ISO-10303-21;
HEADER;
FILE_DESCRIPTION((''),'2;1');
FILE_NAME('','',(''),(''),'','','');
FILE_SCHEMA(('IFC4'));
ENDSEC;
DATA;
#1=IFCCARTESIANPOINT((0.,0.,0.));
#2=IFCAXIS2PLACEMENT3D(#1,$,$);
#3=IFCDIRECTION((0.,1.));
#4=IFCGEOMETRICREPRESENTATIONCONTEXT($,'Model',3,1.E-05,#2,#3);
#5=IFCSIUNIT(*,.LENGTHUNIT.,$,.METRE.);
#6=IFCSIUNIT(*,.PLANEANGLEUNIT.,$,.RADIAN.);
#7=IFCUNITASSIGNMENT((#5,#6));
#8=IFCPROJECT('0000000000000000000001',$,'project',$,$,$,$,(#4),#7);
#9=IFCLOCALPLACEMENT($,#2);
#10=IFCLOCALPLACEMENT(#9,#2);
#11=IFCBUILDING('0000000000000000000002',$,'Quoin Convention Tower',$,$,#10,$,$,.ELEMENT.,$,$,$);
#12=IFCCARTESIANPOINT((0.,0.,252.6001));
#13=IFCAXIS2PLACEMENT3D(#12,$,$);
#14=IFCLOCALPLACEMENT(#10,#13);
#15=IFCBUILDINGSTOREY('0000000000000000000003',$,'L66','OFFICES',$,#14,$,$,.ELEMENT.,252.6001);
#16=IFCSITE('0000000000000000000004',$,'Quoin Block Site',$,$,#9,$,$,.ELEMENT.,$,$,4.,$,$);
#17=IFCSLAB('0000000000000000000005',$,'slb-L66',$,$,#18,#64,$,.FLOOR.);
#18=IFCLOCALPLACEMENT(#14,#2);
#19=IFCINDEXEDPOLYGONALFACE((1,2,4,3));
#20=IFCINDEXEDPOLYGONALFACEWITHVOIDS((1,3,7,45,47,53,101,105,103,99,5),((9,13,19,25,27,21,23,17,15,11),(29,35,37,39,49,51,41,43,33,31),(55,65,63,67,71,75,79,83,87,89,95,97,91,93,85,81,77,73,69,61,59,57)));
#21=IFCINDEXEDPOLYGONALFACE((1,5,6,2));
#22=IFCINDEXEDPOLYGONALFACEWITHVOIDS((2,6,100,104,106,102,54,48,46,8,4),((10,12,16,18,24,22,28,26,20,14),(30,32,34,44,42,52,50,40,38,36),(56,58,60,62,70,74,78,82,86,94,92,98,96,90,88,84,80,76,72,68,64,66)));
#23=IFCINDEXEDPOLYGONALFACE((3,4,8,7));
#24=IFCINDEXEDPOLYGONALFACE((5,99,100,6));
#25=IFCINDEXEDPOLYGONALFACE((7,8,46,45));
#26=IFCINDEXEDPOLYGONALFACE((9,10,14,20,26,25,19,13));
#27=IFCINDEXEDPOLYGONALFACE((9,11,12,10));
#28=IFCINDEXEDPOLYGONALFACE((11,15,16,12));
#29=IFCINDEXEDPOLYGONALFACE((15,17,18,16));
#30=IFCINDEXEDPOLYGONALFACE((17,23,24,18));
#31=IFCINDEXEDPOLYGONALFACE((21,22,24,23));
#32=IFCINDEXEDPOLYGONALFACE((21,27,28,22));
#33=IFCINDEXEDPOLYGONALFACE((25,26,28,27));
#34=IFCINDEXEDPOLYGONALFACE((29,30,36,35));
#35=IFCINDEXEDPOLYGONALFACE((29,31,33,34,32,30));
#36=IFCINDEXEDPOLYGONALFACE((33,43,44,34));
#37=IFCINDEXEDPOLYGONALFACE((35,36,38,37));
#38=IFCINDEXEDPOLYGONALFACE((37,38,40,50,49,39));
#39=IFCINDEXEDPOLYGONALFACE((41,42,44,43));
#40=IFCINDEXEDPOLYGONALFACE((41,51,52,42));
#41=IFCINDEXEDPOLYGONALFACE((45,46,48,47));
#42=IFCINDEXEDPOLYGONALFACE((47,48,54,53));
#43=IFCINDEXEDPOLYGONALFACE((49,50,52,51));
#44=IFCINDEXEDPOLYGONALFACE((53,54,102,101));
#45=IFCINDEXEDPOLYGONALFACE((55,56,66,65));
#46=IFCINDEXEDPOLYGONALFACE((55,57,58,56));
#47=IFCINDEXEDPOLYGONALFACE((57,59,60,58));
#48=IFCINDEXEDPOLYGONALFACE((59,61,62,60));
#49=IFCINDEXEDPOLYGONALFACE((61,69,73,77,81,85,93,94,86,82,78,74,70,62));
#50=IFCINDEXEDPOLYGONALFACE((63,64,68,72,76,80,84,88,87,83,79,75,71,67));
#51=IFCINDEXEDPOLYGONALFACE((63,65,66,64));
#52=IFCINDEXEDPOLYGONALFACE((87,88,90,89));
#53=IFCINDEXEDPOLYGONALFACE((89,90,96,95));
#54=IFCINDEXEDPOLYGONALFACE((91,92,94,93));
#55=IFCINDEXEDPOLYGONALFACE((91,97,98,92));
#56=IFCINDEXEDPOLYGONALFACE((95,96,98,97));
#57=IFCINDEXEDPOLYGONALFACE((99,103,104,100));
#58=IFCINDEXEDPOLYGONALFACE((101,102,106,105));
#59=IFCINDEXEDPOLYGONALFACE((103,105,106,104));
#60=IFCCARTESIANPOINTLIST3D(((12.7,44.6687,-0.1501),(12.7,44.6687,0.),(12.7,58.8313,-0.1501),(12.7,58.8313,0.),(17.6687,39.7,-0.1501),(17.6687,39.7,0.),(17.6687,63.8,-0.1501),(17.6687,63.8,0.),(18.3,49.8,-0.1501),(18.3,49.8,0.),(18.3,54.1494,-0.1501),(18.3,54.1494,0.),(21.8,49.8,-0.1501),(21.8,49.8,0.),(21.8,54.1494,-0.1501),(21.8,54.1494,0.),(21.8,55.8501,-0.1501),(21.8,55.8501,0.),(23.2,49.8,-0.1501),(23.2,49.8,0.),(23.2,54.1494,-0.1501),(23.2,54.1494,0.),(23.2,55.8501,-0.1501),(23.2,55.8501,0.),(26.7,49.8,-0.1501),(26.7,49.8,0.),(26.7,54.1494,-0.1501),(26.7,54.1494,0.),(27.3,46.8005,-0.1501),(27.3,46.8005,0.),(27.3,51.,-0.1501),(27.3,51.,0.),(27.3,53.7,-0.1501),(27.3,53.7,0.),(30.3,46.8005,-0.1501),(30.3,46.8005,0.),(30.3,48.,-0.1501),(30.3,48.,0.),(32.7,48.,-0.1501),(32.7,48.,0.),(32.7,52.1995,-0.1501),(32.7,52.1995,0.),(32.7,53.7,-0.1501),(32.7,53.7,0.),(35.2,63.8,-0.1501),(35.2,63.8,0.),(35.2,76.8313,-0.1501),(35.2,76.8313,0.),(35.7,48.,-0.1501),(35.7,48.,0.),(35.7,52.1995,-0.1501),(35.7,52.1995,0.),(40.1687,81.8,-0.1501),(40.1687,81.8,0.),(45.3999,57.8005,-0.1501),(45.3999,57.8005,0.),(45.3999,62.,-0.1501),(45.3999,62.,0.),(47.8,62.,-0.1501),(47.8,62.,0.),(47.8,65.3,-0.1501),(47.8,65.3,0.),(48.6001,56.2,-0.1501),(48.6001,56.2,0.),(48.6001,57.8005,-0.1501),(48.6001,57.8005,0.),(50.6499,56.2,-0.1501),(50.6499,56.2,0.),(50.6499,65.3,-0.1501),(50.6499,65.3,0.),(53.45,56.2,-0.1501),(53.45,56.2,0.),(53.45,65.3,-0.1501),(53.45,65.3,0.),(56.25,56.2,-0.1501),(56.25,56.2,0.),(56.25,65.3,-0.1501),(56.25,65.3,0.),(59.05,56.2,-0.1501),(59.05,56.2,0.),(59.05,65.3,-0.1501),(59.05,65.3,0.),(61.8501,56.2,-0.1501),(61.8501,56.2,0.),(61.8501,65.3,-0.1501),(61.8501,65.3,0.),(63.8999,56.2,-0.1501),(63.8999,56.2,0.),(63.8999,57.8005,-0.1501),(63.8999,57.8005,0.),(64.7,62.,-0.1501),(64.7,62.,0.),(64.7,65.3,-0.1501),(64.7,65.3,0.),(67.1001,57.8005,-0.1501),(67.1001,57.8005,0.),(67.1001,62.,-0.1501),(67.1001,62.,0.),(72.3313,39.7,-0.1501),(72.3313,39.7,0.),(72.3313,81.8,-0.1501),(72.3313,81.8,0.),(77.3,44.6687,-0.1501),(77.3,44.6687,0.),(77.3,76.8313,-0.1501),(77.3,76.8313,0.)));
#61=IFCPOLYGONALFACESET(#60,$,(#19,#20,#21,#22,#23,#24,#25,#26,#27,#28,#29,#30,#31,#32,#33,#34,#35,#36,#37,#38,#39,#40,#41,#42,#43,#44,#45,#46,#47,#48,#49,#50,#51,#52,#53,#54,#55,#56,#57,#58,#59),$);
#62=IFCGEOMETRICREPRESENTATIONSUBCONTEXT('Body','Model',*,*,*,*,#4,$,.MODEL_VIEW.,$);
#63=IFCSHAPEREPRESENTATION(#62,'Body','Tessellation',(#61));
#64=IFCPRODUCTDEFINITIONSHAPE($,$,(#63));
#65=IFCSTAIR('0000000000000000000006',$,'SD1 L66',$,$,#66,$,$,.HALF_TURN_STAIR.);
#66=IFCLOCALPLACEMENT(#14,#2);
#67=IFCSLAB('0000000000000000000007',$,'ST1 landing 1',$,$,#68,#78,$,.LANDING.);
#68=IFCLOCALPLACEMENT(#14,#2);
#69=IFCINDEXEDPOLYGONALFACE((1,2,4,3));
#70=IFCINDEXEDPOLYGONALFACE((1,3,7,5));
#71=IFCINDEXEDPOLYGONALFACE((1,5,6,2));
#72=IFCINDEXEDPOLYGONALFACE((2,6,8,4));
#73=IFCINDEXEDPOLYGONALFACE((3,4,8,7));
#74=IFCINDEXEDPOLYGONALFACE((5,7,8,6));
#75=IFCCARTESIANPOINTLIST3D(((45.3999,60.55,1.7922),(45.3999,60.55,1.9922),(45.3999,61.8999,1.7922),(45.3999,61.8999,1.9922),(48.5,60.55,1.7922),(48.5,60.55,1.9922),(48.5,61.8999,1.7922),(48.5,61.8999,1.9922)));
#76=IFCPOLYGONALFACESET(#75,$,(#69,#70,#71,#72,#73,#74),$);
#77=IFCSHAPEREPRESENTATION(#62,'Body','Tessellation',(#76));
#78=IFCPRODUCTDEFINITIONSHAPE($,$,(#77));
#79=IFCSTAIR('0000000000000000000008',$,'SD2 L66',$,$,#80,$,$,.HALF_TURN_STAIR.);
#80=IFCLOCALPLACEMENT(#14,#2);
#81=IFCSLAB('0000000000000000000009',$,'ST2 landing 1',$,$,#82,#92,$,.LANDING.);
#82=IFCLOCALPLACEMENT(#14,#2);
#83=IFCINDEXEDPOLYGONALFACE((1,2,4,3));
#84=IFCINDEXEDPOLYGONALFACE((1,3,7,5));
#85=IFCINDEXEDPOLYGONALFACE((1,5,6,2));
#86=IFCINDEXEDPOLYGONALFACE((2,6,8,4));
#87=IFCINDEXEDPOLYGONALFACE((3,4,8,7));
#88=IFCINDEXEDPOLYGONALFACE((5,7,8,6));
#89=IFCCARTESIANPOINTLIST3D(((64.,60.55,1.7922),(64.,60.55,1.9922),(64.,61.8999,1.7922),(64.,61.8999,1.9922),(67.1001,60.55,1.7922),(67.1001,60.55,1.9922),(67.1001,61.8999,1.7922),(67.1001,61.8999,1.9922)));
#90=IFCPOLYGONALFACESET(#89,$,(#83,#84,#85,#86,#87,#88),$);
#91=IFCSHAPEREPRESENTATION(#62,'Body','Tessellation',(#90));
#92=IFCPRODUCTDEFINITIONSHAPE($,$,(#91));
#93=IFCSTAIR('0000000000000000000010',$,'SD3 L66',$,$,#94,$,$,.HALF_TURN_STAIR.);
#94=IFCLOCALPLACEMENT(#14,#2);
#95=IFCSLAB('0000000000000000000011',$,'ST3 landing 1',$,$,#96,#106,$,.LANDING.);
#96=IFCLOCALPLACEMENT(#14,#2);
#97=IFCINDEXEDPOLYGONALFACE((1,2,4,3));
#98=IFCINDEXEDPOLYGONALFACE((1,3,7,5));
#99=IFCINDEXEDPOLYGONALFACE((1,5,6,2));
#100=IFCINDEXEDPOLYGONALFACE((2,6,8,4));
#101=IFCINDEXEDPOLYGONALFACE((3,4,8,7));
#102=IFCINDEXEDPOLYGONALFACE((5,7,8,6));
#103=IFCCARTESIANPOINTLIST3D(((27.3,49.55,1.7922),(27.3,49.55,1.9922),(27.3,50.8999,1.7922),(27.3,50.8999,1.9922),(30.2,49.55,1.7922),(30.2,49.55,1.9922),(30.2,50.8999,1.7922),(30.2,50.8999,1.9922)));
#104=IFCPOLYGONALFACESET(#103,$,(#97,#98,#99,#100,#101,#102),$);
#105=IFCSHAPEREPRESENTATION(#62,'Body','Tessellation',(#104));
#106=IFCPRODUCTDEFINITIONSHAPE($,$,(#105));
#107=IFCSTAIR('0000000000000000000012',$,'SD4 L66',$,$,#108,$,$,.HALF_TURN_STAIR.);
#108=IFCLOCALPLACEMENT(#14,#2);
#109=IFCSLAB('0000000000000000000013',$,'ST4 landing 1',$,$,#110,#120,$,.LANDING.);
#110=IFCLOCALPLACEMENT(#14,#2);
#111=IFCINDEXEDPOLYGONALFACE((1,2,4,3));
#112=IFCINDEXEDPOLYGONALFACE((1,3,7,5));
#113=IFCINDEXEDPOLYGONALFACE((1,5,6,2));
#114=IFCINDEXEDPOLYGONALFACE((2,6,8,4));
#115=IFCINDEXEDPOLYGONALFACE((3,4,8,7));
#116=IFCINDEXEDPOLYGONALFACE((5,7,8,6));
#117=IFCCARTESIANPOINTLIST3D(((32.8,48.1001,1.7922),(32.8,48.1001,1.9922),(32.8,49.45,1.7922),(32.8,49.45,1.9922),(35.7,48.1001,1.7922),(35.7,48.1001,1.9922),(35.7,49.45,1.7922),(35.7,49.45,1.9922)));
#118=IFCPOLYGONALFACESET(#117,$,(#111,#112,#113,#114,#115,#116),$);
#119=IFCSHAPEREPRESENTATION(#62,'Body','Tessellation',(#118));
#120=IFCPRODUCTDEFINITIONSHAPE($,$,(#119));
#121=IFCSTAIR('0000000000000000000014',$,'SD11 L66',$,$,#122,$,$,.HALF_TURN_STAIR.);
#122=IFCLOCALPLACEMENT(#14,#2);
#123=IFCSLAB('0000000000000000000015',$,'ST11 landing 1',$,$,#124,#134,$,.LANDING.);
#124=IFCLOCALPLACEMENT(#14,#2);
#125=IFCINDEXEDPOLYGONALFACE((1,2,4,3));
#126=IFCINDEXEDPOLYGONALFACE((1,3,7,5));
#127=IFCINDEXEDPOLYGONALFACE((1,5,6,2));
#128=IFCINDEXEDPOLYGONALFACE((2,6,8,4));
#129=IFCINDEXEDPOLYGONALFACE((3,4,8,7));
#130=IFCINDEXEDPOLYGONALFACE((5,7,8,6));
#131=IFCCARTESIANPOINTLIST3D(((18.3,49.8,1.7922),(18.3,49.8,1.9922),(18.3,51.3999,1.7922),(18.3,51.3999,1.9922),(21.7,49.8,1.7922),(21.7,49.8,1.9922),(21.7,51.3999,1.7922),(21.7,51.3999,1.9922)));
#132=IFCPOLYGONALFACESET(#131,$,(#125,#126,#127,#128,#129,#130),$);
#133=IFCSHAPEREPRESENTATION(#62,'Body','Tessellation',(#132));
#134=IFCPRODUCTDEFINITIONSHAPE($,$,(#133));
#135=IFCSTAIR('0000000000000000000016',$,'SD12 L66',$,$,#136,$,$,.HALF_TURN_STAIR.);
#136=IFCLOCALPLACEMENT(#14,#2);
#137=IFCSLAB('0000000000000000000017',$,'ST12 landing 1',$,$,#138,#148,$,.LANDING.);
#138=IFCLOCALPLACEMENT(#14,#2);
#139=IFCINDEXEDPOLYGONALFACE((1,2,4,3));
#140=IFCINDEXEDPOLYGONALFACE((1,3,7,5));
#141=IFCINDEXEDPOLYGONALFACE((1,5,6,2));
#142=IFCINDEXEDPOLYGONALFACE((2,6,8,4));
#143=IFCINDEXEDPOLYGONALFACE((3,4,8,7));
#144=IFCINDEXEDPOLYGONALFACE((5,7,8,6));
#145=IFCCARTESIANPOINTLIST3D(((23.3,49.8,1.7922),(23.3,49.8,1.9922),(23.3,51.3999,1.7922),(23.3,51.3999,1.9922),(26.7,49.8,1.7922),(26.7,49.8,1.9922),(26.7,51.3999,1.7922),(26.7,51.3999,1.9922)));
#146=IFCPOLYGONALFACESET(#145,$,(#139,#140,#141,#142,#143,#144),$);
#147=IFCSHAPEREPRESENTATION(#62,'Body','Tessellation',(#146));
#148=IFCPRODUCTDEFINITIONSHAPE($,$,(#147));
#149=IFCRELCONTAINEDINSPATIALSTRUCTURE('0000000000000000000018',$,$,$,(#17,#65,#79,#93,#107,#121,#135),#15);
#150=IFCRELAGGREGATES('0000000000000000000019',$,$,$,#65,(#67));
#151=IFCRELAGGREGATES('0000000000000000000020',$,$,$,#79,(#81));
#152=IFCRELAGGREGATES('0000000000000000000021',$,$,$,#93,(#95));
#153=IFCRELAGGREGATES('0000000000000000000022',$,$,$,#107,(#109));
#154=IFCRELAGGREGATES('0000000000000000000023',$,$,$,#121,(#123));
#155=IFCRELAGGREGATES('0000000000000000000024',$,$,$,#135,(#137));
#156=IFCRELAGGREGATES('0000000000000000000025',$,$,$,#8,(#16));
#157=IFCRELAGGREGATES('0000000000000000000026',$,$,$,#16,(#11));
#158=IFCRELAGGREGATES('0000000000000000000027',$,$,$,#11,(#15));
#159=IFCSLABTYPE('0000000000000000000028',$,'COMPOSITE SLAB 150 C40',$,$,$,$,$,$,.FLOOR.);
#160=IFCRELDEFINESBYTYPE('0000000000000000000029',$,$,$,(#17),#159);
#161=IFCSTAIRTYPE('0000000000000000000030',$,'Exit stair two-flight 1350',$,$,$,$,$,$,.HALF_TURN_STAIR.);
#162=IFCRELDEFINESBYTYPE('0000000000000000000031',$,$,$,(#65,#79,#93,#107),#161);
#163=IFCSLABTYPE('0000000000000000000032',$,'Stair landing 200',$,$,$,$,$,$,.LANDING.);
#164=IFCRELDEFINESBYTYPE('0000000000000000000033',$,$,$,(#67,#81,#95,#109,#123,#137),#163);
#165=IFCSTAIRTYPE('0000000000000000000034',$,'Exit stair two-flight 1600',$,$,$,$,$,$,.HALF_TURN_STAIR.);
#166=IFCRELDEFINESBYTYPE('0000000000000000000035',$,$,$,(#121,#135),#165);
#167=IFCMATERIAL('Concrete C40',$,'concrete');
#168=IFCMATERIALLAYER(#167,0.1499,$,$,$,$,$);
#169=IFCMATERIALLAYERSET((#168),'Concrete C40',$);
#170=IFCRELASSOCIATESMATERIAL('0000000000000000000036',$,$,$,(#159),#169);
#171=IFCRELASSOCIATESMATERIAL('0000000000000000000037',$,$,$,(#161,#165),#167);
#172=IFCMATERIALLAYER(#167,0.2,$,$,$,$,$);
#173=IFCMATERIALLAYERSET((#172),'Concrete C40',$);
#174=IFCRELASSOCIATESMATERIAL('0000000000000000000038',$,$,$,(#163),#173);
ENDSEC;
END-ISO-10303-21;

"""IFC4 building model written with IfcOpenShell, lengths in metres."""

from ifc_helpers import new_model, si_unit, direction, frame, origin, place, context, subcontext, project, spatial, polyline, outline, extrude, material, layer, layer_set, type_object, element, aggregate, save


model = new_model("IFC4")

# Units and contexts
model_context = context("Model", 3, precision=1e-05, world=origin(), true_north=direction((0.0, 1.0)))
body_context = subcontext(model_context, "Body", "Model", "MODEL_VIEW")
ifc_project = project(units=[si_unit("LENGTHUNIT", "METRE"), si_unit("PLANEANGLEUNIT", "RADIAN")], contexts=[model_context])

# Site, building, storey
site_placement = place(None, origin())
site = spatial("IfcSite", under=ifc_project, at=site_placement, Name="Quoin Block Site", CompositionType="ELEMENT", RefElevation=4.0)
building_placement = place(site_placement, origin())
building = spatial("IfcBuilding", under=site, at=building_placement, Name="Quoin Convention Tower", CompositionType="ELEMENT")
storey_placement = place(building_placement, frame((0.0, 0.0, 252.6001)))
storey = spatial("IfcBuildingStorey", under=building, at=storey_placement, Name="L66", Description="OFFICES", CompositionType="ELEMENT", Elevation=252.6001)

# Slab
ifc_material_1 = material(Name="Concrete C40", Category="concrete")
ifc_layer_1 = layer(ifc_material_1, 0.1499)
ifc_layer_set_1 = layer_set([ifc_layer_1], Name="Concrete C40")
slab_type_1 = type_object("IfcSlabType", Name="COMPOSITE SLAB 150 C40", PredefinedType="FLOOR", material=ifc_layer_set_1)
slab_1_placement = place(storey_placement, frame((0.0, 0.0, -0.1501)))
element("IfcSlab", 1, at=slab_1_placement, inside=storey, type_object=slab_type_1, Name="slb-L66", PredefinedType="FLOOR", context=body_context, shape_type="SweptSolid", body=[
    extrude(outline(polyline([(17.6687, 39.7), (12.7, 44.6687), (12.7, 58.8313), (17.6687, 63.8), (35.2, 63.8), (35.2, 76.8313), (40.1687, 81.8), (72.3313, 81.8), (77.3, 76.8313), (77.3, 44.6687), (72.3313, 39.7), (17.6687, 39.7)]), holes=[polyline([(27.3, 51.0), (27.3, 46.8005), (30.3, 46.8005), (30.3, 48.0), (32.7, 48.0), (35.7, 48.0), (35.7, 52.1995), (32.7, 52.1995), (32.7, 53.7), (27.3, 53.7), (27.3, 51.0)]), polyline([(18.3, 49.8), (21.8, 49.8), (23.2, 49.8), (26.7, 49.8), (26.7, 54.1494), (23.2, 54.1494), (23.2, 55.8501), (21.8, 55.8501), (21.8, 54.1494), (18.3, 54.1494), (18.3, 49.8)]), polyline([(48.6001, 56.2), (50.6499, 56.2), (53.45, 56.2), (56.25, 56.2), (59.05, 56.2), (61.8501, 56.2), (63.8999, 56.2), (63.8999, 57.8005), (67.1001, 57.8005), (67.1001, 62.0), (64.7, 62.0), (64.7, 65.3), (61.8501, 65.3), (59.05, 65.3), (56.25, 65.3), (53.45, 65.3), (50.6499, 65.3), (47.8, 65.3), (47.8, 62.0), (45.3999, 62.0), (45.3999, 57.8005), (48.6001, 57.8005), (48.6001, 56.2)])]), origin(), (0.0, 0.0, 1.0), 0.1501),
])

# Stairs, slabs
stair_type_1 = type_object("IfcStairType", Name="Exit stair two-flight 1350", PredefinedType="HALF_TURN_STAIR", material=ifc_material_1)
stair_1_placement = place(storey_placement, origin())
stair_1 = element("IfcStair", 2, at=stair_1_placement, inside=storey, type_object=stair_type_1, Name="SD1 L66", PredefinedType="HALF_TURN_STAIR")
ifc_layer_2 = layer(ifc_material_1, 0.2)
ifc_layer_set_2 = layer_set([ifc_layer_2], Name="Concrete C40")
slab_type_2 = type_object("IfcSlabType", Name="Stair landing 200", PredefinedType="LANDING", material=ifc_layer_set_2)
slab_2_placement = place(storey_placement, frame((0.0, 0.0, 1.7922)))
slab_2 = element("IfcSlab", 3, at=slab_2_placement, type_object=slab_type_2, Name="ST1 landing 1", PredefinedType="LANDING", context=body_context, shape_type="SweptSolid", body=[
    extrude(outline(polyline([(45.3999, 60.55), (48.5, 60.55), (48.5, 61.8999), (45.3999, 61.8999), (45.3999, 60.55)])), origin(), (0.0, 0.0, 1.0), 0.2),
])
aggregate(stair_1, [slab_2])
stair_2_placement = place(storey_placement, origin())
stair_2 = element("IfcStair", 4, at=stair_2_placement, inside=storey, type_object=stair_type_1, Name="SD2 L66", PredefinedType="HALF_TURN_STAIR")
slab_3_placement = place(storey_placement, frame((0.0, 0.0, 1.7922)))
slab_3 = element("IfcSlab", 5, at=slab_3_placement, type_object=slab_type_2, Name="ST2 landing 1", PredefinedType="LANDING", context=body_context, shape_type="SweptSolid", body=[
    extrude(outline(polyline([(64.0, 60.55), (67.1001, 60.55), (67.1001, 61.8999), (64.0, 61.8999), (64.0, 60.55)])), origin(), (0.0, 0.0, 1.0), 0.2),
])
aggregate(stair_2, [slab_3])
stair_3_placement = place(storey_placement, origin())
stair_3 = element("IfcStair", 6, at=stair_3_placement, inside=storey, type_object=stair_type_1, Name="SD3 L66", PredefinedType="HALF_TURN_STAIR")
slab_4_placement = place(storey_placement, frame((0.0, 0.0, 1.7922)))
slab_4 = element("IfcSlab", 7, at=slab_4_placement, type_object=slab_type_2, Name="ST3 landing 1", PredefinedType="LANDING", context=body_context, shape_type="SweptSolid", body=[
    extrude(outline(polyline([(27.3, 49.55), (30.2, 49.55), (30.2, 50.8999), (27.3, 50.8999), (27.3, 49.55)])), origin(), (0.0, 0.0, 1.0), 0.2),
])
aggregate(stair_3, [slab_4])
stair_4_placement = place(storey_placement, origin())
stair_4 = element("IfcStair", 8, at=stair_4_placement, inside=storey, type_object=stair_type_1, Name="SD4 L66", PredefinedType="HALF_TURN_STAIR")
slab_5_placement = place(storey_placement, frame((0.0, 0.0, 1.7922)))
slab_5 = element("IfcSlab", 9, at=slab_5_placement, type_object=slab_type_2, Name="ST4 landing 1", PredefinedType="LANDING", context=body_context, shape_type="SweptSolid", body=[
    extrude(outline(polyline([(35.7, 49.45), (32.8, 49.45), (32.8, 48.1001), (35.7, 48.1001), (35.7, 49.45)])), origin(), (0.0, 0.0, 1.0), 0.2),
])
aggregate(stair_4, [slab_5])
stair_type_2 = type_object("IfcStairType", Name="Exit stair two-flight 1600", PredefinedType="HALF_TURN_STAIR", material=ifc_material_1)
stair_5_placement = place(storey_placement, origin())
stair_5 = element("IfcStair", 10, at=stair_5_placement, inside=storey, type_object=stair_type_2, Name="SD11 L66", PredefinedType="HALF_TURN_STAIR")
slab_6_placement = place(storey_placement, frame((0.0, 0.0, 1.7922)))
slab_6 = element("IfcSlab", 11, at=slab_6_placement, type_object=slab_type_2, Name="ST11 landing 1", PredefinedType="LANDING", context=body_context, shape_type="SweptSolid", body=[
    extrude(outline(polyline([(21.7, 51.3999), (18.3, 51.3999), (18.3, 49.8), (21.7, 49.8), (21.7, 51.3999)])), origin(), (0.0, 0.0, 1.0), 0.2),
])
aggregate(stair_5, [slab_6])
stair_6_placement = place(storey_placement, origin())
stair_6 = element("IfcStair", 12, at=stair_6_placement, inside=storey, type_object=stair_type_2, Name="SD12 L66", PredefinedType="HALF_TURN_STAIR")
slab_7_placement = place(storey_placement, frame((0.0, 0.0, 1.7922)))
slab_7 = element("IfcSlab", 13, at=slab_7_placement, type_object=slab_type_2, Name="ST12 landing 1", PredefinedType="LANDING", context=body_context, shape_type="SweptSolid", body=[
    extrude(outline(polyline([(26.7, 51.3999), (23.3, 51.3999), (23.3, 49.8), (26.7, 49.8), (26.7, 51.3999)])), origin(), (0.0, 0.0, 1.0), 0.2),
])
aggregate(stair_6, [slab_7])

save(model, "model.ifc")
